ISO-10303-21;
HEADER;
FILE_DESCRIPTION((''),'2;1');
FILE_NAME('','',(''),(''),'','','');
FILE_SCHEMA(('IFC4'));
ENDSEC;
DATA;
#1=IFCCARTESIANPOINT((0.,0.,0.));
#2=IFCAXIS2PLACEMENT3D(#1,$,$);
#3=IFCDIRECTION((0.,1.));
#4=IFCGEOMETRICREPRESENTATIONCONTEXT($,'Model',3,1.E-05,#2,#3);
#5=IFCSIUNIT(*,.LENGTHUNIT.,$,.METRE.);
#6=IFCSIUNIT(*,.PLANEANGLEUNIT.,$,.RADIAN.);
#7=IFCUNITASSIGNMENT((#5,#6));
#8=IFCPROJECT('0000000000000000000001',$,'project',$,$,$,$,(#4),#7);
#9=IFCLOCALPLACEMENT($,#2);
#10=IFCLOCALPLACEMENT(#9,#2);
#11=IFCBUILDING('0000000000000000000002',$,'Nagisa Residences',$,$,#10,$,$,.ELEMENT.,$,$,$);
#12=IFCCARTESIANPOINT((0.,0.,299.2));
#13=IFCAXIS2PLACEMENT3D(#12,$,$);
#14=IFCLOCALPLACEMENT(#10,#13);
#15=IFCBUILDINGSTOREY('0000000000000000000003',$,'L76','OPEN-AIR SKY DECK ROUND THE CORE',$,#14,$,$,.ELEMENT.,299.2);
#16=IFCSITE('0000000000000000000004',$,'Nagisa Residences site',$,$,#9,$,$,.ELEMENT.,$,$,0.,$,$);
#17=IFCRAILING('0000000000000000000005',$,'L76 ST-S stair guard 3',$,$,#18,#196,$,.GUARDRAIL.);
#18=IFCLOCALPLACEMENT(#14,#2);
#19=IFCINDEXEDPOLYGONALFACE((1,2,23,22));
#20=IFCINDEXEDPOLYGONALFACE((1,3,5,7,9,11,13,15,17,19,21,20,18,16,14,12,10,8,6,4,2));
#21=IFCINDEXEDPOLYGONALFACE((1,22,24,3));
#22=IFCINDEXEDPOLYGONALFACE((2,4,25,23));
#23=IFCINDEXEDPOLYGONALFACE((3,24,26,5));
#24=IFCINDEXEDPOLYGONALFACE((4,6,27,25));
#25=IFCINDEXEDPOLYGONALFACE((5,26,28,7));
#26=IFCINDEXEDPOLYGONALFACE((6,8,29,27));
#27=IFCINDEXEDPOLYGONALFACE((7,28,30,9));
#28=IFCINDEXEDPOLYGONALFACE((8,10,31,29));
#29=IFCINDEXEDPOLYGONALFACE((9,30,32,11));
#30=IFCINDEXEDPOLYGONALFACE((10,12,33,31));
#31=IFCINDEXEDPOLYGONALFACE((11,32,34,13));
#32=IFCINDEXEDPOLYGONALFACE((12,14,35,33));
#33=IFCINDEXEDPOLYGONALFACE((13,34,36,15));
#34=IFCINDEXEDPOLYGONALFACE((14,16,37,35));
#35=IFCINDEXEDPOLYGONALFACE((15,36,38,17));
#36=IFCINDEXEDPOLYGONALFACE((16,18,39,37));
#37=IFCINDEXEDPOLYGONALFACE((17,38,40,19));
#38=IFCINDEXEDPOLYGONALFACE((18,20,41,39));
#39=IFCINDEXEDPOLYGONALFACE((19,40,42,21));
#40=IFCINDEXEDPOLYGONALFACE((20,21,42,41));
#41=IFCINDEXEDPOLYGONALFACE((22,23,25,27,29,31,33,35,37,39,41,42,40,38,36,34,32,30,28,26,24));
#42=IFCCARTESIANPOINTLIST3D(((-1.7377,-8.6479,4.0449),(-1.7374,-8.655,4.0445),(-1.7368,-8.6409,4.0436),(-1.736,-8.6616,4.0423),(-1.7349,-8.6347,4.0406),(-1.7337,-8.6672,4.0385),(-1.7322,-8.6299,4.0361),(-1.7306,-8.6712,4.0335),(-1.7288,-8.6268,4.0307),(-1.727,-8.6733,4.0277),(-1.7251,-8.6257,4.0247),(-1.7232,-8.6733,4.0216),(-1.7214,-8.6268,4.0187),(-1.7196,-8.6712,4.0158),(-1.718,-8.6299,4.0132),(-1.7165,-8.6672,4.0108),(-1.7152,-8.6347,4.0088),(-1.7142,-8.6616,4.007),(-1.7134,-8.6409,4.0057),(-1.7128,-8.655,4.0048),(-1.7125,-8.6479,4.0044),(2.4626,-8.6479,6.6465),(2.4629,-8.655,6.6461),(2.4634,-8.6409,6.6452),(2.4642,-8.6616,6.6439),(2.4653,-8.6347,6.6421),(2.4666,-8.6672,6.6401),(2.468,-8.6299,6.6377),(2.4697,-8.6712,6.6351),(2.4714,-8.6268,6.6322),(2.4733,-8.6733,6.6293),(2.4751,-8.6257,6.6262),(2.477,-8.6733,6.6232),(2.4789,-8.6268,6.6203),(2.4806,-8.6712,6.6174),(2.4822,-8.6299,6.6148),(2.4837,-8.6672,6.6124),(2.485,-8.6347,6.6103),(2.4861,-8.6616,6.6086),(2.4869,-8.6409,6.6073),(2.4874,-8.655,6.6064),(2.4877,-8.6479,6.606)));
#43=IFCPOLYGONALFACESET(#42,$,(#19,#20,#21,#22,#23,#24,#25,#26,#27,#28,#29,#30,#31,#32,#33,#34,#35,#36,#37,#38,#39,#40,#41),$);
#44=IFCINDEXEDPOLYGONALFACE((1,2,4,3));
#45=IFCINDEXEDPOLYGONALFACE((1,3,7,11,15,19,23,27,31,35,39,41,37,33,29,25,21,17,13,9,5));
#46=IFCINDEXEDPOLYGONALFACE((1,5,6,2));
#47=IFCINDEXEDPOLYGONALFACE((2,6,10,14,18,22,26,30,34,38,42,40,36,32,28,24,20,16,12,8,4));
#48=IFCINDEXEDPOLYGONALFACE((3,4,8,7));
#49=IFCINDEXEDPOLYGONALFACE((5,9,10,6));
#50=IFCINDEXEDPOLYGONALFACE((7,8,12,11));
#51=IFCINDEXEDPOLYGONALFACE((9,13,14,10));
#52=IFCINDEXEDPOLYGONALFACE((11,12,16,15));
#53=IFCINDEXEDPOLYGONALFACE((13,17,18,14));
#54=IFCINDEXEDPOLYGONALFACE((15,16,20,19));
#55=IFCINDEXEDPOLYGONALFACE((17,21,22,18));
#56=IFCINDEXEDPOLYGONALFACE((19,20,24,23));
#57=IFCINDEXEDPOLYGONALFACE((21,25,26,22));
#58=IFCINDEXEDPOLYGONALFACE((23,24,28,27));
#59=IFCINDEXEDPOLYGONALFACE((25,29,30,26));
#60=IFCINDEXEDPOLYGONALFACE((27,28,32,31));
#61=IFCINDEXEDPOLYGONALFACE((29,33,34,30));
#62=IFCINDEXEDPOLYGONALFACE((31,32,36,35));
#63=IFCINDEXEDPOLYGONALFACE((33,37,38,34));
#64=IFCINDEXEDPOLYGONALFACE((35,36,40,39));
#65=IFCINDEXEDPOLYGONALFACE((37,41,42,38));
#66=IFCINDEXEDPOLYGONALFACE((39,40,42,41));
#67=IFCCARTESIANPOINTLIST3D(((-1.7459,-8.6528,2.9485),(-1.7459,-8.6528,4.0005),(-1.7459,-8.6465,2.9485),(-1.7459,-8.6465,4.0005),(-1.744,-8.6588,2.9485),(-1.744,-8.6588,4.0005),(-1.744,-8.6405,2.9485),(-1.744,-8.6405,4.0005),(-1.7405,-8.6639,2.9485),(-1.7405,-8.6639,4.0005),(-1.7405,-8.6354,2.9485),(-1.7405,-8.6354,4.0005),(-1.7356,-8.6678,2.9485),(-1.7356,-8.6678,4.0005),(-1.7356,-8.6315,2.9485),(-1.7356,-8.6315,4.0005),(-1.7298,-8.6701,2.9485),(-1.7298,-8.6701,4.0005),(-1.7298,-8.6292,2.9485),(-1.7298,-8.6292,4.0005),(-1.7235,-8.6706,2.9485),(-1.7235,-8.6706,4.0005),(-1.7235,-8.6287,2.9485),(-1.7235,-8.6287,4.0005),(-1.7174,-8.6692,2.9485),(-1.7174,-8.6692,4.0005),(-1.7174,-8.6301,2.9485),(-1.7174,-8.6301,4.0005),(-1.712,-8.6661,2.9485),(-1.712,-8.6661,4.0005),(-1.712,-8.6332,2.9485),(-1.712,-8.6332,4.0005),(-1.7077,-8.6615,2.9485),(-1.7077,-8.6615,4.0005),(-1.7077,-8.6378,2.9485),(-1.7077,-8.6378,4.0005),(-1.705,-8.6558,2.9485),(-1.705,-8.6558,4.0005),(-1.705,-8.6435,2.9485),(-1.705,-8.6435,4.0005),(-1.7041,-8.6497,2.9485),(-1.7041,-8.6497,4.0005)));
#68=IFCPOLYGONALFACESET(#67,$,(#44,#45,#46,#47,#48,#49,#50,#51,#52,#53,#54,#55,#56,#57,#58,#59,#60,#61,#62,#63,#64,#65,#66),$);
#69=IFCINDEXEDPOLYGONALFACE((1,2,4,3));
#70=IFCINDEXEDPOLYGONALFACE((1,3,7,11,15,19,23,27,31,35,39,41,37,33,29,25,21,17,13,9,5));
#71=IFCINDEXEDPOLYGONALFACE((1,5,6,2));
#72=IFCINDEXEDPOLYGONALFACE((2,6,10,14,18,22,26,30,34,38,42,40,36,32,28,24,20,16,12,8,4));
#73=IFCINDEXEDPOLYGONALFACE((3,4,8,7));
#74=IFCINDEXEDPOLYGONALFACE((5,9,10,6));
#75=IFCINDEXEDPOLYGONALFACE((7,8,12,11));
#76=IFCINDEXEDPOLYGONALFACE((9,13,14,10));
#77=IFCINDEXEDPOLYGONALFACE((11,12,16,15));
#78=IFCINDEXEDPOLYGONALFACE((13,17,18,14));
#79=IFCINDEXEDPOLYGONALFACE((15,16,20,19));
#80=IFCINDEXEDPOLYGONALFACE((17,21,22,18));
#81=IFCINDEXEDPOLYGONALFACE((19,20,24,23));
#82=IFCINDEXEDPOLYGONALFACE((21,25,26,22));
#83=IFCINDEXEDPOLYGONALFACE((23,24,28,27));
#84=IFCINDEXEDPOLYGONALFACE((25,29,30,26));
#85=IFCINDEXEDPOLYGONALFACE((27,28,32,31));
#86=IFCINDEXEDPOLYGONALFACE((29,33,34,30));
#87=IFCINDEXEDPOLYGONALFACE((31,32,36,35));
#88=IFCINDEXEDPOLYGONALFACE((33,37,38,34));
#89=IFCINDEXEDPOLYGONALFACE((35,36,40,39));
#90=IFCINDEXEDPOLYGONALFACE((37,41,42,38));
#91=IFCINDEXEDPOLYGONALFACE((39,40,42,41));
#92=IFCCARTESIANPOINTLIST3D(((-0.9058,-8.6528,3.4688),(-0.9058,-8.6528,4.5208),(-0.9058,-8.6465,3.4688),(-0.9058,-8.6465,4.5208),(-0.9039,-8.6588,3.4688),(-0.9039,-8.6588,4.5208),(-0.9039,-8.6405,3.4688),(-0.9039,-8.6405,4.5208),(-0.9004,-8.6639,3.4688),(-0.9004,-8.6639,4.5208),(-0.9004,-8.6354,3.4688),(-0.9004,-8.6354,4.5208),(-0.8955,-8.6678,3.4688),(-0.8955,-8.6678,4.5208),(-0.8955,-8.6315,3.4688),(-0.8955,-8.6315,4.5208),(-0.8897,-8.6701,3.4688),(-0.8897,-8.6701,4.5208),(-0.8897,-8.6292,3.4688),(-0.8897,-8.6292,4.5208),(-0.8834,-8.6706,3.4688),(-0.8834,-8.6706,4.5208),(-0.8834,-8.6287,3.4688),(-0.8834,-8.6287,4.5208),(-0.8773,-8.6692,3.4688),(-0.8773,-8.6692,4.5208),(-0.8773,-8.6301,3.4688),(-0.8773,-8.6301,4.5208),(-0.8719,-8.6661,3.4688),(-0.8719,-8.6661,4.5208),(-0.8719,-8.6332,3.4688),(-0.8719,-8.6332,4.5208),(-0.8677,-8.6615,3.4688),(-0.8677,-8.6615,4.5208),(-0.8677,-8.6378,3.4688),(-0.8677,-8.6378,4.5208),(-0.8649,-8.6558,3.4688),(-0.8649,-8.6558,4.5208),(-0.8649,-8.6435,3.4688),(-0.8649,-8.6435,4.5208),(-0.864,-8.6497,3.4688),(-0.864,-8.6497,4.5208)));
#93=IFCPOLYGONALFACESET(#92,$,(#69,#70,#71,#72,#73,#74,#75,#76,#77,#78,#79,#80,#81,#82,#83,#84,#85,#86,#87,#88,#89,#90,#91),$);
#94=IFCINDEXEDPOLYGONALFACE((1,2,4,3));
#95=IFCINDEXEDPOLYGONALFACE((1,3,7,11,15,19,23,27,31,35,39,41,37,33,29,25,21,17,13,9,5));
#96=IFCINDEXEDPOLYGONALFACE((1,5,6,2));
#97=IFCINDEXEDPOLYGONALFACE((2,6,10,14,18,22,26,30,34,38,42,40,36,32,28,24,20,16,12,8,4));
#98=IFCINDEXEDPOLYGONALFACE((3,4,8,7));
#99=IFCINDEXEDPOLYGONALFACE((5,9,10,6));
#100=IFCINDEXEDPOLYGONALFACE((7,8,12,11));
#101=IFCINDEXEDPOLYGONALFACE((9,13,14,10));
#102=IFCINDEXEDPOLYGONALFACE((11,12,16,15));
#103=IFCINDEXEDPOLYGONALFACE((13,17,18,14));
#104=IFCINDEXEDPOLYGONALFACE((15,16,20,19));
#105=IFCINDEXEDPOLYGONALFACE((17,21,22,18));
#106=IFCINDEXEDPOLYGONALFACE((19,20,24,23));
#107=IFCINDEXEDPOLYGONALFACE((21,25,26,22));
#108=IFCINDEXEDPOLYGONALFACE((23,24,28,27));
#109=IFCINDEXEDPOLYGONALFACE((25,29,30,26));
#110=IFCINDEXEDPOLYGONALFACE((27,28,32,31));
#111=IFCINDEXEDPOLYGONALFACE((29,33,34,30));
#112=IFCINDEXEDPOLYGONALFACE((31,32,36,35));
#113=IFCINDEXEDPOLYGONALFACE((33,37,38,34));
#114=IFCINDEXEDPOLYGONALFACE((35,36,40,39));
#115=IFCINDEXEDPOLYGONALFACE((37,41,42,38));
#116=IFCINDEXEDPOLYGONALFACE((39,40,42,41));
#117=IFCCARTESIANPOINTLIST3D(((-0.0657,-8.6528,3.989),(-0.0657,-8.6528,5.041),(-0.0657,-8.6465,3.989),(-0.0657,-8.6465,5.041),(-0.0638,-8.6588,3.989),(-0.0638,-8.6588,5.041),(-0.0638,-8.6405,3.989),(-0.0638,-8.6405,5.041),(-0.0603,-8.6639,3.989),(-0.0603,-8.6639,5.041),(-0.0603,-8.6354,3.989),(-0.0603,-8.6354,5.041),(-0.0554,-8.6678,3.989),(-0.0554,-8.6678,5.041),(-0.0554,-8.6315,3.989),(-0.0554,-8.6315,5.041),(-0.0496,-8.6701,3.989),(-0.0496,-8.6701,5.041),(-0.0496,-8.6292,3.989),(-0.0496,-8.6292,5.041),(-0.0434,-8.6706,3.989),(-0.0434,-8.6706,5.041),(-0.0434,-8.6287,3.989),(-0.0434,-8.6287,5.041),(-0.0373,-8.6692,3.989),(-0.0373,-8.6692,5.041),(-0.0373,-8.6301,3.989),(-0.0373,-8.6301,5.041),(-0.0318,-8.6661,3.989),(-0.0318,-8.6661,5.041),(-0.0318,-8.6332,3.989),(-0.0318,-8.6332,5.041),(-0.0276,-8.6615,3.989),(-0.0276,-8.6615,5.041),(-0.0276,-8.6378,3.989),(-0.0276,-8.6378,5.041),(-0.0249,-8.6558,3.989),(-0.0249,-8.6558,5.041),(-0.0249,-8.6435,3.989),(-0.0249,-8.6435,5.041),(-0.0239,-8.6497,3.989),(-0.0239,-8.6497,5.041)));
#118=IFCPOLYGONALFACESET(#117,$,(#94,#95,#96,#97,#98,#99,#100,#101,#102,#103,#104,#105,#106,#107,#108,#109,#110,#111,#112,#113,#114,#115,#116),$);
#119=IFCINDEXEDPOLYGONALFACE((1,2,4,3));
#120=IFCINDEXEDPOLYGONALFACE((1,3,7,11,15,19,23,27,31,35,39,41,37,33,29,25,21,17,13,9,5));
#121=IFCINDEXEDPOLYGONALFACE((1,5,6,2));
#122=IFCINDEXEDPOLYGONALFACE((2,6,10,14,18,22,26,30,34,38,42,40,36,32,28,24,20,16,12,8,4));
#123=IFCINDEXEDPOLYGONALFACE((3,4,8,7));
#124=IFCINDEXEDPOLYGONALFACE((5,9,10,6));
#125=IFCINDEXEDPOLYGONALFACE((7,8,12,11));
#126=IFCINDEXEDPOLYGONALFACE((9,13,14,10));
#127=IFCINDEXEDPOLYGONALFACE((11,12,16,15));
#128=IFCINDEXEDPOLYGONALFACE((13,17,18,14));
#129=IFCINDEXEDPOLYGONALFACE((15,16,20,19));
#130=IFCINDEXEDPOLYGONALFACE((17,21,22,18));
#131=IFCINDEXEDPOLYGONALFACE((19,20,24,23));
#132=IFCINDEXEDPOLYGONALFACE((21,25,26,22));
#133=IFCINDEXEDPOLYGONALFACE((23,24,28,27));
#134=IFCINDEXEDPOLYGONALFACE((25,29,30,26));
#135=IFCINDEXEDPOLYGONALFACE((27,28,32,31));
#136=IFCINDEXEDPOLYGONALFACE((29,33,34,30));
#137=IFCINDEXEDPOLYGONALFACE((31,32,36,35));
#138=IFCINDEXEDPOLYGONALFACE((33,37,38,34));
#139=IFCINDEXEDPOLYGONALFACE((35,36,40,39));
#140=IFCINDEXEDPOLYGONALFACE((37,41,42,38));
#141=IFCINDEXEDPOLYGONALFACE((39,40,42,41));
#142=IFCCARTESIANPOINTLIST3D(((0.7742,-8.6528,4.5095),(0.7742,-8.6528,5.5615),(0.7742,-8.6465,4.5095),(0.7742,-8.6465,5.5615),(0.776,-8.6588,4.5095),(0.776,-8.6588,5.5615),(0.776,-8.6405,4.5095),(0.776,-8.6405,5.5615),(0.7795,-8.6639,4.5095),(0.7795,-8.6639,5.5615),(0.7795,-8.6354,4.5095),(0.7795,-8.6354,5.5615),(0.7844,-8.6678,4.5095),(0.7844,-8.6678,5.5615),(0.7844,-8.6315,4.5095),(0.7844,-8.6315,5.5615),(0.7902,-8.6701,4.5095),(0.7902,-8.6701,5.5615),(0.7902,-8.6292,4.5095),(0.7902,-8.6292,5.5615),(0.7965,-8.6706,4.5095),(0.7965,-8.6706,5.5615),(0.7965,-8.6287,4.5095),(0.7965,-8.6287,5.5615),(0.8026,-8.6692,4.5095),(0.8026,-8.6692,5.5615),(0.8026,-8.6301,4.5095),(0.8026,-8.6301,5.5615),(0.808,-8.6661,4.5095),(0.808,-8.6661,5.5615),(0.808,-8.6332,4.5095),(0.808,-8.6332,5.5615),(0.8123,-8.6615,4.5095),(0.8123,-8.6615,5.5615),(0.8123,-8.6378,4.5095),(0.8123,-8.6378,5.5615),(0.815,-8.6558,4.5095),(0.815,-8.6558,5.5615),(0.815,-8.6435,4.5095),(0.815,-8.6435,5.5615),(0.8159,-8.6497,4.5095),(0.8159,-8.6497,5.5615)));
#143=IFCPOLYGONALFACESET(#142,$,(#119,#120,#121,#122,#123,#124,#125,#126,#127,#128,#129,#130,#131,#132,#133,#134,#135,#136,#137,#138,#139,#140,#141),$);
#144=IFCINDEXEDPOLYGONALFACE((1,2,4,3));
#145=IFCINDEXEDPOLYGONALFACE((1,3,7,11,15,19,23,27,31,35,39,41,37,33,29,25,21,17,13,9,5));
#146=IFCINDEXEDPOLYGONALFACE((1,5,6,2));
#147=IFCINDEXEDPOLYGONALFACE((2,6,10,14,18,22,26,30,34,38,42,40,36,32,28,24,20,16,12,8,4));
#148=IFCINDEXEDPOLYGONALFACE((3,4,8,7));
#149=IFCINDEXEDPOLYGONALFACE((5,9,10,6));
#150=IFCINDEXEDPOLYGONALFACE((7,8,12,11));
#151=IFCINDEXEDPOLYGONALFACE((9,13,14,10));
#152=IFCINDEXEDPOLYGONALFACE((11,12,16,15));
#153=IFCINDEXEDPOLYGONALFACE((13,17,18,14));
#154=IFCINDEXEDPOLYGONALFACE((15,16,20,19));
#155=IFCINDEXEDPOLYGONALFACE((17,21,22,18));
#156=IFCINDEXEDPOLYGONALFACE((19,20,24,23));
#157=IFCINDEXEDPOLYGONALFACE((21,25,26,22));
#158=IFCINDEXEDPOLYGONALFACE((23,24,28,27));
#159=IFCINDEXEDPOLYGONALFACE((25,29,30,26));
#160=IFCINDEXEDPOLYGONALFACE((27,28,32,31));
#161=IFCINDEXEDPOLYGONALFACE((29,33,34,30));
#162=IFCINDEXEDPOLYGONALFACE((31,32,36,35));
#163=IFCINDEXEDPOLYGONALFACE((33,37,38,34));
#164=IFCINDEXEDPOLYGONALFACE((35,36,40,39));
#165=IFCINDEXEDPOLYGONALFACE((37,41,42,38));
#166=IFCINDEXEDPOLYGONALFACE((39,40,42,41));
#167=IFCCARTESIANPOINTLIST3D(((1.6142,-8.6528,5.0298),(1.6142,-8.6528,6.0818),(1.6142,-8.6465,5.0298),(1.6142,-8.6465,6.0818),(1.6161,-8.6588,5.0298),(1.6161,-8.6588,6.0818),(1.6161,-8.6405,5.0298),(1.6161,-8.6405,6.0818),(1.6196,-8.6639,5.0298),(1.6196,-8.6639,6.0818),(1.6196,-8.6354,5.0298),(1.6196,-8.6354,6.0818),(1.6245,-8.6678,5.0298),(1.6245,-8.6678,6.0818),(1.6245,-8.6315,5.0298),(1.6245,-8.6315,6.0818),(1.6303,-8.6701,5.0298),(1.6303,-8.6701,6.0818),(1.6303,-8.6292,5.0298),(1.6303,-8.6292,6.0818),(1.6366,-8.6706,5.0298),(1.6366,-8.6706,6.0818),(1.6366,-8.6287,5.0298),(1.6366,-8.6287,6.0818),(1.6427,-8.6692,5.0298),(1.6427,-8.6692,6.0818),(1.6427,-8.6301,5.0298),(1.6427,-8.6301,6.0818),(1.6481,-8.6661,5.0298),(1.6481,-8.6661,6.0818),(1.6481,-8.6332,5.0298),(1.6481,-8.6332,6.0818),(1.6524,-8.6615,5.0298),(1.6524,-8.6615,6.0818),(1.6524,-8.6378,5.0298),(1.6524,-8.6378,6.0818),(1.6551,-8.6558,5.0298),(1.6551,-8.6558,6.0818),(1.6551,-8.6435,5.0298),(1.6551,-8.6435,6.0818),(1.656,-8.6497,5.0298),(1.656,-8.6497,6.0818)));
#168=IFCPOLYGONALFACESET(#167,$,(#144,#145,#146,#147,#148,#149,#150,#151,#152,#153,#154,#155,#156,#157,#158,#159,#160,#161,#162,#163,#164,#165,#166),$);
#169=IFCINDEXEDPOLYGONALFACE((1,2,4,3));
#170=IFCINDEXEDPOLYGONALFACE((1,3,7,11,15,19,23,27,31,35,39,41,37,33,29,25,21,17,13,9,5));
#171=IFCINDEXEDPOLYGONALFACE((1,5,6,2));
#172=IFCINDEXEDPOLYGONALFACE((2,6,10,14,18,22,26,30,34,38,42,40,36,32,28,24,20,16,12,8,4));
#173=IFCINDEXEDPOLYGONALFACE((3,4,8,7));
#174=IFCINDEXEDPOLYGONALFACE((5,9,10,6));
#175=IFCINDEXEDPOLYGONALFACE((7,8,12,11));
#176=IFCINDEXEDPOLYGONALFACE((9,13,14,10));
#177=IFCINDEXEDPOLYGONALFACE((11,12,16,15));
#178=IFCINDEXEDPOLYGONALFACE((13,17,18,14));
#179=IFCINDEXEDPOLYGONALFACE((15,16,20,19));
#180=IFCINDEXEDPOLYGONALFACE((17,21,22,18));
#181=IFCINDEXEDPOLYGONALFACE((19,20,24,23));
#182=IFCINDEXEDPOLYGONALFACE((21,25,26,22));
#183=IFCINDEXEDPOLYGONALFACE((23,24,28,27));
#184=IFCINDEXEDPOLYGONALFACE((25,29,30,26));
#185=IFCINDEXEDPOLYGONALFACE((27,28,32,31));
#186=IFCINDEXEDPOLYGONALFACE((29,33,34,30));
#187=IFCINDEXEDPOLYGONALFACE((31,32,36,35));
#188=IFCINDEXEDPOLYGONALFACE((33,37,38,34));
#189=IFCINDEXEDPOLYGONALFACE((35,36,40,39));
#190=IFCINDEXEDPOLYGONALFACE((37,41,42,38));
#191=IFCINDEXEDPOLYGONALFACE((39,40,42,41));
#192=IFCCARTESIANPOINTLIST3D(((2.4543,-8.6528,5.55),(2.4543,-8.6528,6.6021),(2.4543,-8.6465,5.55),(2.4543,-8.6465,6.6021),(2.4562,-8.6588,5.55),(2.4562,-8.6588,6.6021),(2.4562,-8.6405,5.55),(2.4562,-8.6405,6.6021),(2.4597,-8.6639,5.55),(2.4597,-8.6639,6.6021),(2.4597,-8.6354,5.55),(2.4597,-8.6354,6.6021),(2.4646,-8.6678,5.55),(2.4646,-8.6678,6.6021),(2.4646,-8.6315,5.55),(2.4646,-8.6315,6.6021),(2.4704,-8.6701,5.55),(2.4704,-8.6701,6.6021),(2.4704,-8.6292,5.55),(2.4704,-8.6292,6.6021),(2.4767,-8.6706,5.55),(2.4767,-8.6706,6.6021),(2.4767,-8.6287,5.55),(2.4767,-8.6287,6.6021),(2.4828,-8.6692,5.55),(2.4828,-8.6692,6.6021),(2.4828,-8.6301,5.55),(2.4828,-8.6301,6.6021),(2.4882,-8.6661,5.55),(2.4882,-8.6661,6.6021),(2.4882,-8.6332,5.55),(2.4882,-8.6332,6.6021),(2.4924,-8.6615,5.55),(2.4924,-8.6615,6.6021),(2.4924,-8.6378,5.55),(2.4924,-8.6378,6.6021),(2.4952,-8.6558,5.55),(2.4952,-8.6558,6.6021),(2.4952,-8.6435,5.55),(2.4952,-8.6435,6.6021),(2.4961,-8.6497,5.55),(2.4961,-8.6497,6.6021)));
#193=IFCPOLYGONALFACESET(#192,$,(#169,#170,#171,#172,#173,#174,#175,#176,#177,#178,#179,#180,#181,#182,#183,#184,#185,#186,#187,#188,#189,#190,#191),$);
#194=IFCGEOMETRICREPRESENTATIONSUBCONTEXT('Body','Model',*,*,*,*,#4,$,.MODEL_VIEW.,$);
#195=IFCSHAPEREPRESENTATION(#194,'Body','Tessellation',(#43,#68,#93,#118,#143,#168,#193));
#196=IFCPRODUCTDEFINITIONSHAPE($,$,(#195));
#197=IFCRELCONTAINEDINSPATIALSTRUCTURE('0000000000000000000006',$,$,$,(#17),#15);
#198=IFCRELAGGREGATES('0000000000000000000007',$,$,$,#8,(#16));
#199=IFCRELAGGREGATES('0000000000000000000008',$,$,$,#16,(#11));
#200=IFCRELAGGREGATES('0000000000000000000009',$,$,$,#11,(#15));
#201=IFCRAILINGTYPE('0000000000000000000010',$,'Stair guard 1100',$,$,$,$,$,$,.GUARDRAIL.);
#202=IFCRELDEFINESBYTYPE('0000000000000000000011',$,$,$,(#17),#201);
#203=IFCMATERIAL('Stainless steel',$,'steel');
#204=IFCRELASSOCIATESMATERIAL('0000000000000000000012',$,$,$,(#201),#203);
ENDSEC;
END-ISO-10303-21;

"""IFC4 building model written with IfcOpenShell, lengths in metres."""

from ifc_helpers import new_model, si_unit, direction, frame, origin, origin_2d, place, context, subcontext, project, spatial, circle, extrude, material, type_object, element, save


model = new_model("IFC4")

# Units and contexts
model_context = context("Model", 3, precision=1e-05, world=origin(), true_north=direction((0.0, 1.0)))
body_context = subcontext(model_context, "Body", "Model", "MODEL_VIEW")
ifc_project = project(units=[si_unit("LENGTHUNIT", "METRE"), si_unit("PLANEANGLEUNIT", "RADIAN")], contexts=[model_context])

# Site, building, storey
site_placement = place(None, origin())
site = spatial("IfcSite", under=ifc_project, at=site_placement, Name="Nagisa Residences site", CompositionType="ELEMENT", RefElevation=0.0)
building_placement = place(site_placement, origin())
building = spatial("IfcBuilding", under=site, at=building_placement, Name="Nagisa Residences", CompositionType="ELEMENT")
storey_placement = place(building_placement, frame((0.0, 0.0, 299.2)))
storey = spatial("IfcBuildingStorey", under=building, at=storey_placement, Name="L76", Description="OPEN-AIR SKY DECK ROUND THE CORE", CompositionType="ELEMENT", Elevation=299.2)

# Railing
ifc_material_1 = material(Name="Stainless steel", Category="steel")
railing_type_1 = type_object("IfcRailingType", Name="Stair guard 1100", PredefinedType="GUARDRAIL", material=ifc_material_1)
railing_placement = place(storey_placement, frame((-1.7251, -8.6497, 2.9485)))
element("IfcRailing", 1, at=railing_placement, inside=storey, type_object=railing_type_1, Name="L76 ST-S stair guard 3", PredefinedType="GUARDRAIL", context=body_context, shape_type="SweptSolid", body=[
    extrude(circle(Radius=0.0239, at=origin_2d()), frame((0.0, 0.0, 1.0762), z_axis=(0.850135, 0.0, 0.526566), x_axis=(0.0, 1.0, 0.0)), (0.0, 0.0, 1.0), 4.9407),
    extrude(circle(Radius=0.021, at=origin_2d()), origin(), (0.0, 0.0, 1.0), 1.052),
    extrude(circle(Radius=0.021, at=origin_2d()), frame((0.8401, 0.0, 0.5203)), (0.0, 0.0, 1.0), 1.052),
    extrude(circle(Radius=0.021, at=origin_2d()), frame((1.6802, 0.0, 1.0405)), (0.0, 0.0, 1.0), 1.052),
    extrude(circle(Radius=0.021, at=origin_2d()), frame((2.52, 0.0, 1.561)), (0.0, 0.0, 1.0), 1.052),
    extrude(circle(Radius=0.021, at=origin_2d()), frame((3.3601, 0.0, 2.0813)), (0.0, 0.0, 1.0), 1.052),
    extrude(circle(Radius=0.021, at=origin_2d()), frame((4.2002, 0.0, 2.6016)), (0.0, 0.0, 1.0), 1.052),
])

save(model, "model.ifc")
